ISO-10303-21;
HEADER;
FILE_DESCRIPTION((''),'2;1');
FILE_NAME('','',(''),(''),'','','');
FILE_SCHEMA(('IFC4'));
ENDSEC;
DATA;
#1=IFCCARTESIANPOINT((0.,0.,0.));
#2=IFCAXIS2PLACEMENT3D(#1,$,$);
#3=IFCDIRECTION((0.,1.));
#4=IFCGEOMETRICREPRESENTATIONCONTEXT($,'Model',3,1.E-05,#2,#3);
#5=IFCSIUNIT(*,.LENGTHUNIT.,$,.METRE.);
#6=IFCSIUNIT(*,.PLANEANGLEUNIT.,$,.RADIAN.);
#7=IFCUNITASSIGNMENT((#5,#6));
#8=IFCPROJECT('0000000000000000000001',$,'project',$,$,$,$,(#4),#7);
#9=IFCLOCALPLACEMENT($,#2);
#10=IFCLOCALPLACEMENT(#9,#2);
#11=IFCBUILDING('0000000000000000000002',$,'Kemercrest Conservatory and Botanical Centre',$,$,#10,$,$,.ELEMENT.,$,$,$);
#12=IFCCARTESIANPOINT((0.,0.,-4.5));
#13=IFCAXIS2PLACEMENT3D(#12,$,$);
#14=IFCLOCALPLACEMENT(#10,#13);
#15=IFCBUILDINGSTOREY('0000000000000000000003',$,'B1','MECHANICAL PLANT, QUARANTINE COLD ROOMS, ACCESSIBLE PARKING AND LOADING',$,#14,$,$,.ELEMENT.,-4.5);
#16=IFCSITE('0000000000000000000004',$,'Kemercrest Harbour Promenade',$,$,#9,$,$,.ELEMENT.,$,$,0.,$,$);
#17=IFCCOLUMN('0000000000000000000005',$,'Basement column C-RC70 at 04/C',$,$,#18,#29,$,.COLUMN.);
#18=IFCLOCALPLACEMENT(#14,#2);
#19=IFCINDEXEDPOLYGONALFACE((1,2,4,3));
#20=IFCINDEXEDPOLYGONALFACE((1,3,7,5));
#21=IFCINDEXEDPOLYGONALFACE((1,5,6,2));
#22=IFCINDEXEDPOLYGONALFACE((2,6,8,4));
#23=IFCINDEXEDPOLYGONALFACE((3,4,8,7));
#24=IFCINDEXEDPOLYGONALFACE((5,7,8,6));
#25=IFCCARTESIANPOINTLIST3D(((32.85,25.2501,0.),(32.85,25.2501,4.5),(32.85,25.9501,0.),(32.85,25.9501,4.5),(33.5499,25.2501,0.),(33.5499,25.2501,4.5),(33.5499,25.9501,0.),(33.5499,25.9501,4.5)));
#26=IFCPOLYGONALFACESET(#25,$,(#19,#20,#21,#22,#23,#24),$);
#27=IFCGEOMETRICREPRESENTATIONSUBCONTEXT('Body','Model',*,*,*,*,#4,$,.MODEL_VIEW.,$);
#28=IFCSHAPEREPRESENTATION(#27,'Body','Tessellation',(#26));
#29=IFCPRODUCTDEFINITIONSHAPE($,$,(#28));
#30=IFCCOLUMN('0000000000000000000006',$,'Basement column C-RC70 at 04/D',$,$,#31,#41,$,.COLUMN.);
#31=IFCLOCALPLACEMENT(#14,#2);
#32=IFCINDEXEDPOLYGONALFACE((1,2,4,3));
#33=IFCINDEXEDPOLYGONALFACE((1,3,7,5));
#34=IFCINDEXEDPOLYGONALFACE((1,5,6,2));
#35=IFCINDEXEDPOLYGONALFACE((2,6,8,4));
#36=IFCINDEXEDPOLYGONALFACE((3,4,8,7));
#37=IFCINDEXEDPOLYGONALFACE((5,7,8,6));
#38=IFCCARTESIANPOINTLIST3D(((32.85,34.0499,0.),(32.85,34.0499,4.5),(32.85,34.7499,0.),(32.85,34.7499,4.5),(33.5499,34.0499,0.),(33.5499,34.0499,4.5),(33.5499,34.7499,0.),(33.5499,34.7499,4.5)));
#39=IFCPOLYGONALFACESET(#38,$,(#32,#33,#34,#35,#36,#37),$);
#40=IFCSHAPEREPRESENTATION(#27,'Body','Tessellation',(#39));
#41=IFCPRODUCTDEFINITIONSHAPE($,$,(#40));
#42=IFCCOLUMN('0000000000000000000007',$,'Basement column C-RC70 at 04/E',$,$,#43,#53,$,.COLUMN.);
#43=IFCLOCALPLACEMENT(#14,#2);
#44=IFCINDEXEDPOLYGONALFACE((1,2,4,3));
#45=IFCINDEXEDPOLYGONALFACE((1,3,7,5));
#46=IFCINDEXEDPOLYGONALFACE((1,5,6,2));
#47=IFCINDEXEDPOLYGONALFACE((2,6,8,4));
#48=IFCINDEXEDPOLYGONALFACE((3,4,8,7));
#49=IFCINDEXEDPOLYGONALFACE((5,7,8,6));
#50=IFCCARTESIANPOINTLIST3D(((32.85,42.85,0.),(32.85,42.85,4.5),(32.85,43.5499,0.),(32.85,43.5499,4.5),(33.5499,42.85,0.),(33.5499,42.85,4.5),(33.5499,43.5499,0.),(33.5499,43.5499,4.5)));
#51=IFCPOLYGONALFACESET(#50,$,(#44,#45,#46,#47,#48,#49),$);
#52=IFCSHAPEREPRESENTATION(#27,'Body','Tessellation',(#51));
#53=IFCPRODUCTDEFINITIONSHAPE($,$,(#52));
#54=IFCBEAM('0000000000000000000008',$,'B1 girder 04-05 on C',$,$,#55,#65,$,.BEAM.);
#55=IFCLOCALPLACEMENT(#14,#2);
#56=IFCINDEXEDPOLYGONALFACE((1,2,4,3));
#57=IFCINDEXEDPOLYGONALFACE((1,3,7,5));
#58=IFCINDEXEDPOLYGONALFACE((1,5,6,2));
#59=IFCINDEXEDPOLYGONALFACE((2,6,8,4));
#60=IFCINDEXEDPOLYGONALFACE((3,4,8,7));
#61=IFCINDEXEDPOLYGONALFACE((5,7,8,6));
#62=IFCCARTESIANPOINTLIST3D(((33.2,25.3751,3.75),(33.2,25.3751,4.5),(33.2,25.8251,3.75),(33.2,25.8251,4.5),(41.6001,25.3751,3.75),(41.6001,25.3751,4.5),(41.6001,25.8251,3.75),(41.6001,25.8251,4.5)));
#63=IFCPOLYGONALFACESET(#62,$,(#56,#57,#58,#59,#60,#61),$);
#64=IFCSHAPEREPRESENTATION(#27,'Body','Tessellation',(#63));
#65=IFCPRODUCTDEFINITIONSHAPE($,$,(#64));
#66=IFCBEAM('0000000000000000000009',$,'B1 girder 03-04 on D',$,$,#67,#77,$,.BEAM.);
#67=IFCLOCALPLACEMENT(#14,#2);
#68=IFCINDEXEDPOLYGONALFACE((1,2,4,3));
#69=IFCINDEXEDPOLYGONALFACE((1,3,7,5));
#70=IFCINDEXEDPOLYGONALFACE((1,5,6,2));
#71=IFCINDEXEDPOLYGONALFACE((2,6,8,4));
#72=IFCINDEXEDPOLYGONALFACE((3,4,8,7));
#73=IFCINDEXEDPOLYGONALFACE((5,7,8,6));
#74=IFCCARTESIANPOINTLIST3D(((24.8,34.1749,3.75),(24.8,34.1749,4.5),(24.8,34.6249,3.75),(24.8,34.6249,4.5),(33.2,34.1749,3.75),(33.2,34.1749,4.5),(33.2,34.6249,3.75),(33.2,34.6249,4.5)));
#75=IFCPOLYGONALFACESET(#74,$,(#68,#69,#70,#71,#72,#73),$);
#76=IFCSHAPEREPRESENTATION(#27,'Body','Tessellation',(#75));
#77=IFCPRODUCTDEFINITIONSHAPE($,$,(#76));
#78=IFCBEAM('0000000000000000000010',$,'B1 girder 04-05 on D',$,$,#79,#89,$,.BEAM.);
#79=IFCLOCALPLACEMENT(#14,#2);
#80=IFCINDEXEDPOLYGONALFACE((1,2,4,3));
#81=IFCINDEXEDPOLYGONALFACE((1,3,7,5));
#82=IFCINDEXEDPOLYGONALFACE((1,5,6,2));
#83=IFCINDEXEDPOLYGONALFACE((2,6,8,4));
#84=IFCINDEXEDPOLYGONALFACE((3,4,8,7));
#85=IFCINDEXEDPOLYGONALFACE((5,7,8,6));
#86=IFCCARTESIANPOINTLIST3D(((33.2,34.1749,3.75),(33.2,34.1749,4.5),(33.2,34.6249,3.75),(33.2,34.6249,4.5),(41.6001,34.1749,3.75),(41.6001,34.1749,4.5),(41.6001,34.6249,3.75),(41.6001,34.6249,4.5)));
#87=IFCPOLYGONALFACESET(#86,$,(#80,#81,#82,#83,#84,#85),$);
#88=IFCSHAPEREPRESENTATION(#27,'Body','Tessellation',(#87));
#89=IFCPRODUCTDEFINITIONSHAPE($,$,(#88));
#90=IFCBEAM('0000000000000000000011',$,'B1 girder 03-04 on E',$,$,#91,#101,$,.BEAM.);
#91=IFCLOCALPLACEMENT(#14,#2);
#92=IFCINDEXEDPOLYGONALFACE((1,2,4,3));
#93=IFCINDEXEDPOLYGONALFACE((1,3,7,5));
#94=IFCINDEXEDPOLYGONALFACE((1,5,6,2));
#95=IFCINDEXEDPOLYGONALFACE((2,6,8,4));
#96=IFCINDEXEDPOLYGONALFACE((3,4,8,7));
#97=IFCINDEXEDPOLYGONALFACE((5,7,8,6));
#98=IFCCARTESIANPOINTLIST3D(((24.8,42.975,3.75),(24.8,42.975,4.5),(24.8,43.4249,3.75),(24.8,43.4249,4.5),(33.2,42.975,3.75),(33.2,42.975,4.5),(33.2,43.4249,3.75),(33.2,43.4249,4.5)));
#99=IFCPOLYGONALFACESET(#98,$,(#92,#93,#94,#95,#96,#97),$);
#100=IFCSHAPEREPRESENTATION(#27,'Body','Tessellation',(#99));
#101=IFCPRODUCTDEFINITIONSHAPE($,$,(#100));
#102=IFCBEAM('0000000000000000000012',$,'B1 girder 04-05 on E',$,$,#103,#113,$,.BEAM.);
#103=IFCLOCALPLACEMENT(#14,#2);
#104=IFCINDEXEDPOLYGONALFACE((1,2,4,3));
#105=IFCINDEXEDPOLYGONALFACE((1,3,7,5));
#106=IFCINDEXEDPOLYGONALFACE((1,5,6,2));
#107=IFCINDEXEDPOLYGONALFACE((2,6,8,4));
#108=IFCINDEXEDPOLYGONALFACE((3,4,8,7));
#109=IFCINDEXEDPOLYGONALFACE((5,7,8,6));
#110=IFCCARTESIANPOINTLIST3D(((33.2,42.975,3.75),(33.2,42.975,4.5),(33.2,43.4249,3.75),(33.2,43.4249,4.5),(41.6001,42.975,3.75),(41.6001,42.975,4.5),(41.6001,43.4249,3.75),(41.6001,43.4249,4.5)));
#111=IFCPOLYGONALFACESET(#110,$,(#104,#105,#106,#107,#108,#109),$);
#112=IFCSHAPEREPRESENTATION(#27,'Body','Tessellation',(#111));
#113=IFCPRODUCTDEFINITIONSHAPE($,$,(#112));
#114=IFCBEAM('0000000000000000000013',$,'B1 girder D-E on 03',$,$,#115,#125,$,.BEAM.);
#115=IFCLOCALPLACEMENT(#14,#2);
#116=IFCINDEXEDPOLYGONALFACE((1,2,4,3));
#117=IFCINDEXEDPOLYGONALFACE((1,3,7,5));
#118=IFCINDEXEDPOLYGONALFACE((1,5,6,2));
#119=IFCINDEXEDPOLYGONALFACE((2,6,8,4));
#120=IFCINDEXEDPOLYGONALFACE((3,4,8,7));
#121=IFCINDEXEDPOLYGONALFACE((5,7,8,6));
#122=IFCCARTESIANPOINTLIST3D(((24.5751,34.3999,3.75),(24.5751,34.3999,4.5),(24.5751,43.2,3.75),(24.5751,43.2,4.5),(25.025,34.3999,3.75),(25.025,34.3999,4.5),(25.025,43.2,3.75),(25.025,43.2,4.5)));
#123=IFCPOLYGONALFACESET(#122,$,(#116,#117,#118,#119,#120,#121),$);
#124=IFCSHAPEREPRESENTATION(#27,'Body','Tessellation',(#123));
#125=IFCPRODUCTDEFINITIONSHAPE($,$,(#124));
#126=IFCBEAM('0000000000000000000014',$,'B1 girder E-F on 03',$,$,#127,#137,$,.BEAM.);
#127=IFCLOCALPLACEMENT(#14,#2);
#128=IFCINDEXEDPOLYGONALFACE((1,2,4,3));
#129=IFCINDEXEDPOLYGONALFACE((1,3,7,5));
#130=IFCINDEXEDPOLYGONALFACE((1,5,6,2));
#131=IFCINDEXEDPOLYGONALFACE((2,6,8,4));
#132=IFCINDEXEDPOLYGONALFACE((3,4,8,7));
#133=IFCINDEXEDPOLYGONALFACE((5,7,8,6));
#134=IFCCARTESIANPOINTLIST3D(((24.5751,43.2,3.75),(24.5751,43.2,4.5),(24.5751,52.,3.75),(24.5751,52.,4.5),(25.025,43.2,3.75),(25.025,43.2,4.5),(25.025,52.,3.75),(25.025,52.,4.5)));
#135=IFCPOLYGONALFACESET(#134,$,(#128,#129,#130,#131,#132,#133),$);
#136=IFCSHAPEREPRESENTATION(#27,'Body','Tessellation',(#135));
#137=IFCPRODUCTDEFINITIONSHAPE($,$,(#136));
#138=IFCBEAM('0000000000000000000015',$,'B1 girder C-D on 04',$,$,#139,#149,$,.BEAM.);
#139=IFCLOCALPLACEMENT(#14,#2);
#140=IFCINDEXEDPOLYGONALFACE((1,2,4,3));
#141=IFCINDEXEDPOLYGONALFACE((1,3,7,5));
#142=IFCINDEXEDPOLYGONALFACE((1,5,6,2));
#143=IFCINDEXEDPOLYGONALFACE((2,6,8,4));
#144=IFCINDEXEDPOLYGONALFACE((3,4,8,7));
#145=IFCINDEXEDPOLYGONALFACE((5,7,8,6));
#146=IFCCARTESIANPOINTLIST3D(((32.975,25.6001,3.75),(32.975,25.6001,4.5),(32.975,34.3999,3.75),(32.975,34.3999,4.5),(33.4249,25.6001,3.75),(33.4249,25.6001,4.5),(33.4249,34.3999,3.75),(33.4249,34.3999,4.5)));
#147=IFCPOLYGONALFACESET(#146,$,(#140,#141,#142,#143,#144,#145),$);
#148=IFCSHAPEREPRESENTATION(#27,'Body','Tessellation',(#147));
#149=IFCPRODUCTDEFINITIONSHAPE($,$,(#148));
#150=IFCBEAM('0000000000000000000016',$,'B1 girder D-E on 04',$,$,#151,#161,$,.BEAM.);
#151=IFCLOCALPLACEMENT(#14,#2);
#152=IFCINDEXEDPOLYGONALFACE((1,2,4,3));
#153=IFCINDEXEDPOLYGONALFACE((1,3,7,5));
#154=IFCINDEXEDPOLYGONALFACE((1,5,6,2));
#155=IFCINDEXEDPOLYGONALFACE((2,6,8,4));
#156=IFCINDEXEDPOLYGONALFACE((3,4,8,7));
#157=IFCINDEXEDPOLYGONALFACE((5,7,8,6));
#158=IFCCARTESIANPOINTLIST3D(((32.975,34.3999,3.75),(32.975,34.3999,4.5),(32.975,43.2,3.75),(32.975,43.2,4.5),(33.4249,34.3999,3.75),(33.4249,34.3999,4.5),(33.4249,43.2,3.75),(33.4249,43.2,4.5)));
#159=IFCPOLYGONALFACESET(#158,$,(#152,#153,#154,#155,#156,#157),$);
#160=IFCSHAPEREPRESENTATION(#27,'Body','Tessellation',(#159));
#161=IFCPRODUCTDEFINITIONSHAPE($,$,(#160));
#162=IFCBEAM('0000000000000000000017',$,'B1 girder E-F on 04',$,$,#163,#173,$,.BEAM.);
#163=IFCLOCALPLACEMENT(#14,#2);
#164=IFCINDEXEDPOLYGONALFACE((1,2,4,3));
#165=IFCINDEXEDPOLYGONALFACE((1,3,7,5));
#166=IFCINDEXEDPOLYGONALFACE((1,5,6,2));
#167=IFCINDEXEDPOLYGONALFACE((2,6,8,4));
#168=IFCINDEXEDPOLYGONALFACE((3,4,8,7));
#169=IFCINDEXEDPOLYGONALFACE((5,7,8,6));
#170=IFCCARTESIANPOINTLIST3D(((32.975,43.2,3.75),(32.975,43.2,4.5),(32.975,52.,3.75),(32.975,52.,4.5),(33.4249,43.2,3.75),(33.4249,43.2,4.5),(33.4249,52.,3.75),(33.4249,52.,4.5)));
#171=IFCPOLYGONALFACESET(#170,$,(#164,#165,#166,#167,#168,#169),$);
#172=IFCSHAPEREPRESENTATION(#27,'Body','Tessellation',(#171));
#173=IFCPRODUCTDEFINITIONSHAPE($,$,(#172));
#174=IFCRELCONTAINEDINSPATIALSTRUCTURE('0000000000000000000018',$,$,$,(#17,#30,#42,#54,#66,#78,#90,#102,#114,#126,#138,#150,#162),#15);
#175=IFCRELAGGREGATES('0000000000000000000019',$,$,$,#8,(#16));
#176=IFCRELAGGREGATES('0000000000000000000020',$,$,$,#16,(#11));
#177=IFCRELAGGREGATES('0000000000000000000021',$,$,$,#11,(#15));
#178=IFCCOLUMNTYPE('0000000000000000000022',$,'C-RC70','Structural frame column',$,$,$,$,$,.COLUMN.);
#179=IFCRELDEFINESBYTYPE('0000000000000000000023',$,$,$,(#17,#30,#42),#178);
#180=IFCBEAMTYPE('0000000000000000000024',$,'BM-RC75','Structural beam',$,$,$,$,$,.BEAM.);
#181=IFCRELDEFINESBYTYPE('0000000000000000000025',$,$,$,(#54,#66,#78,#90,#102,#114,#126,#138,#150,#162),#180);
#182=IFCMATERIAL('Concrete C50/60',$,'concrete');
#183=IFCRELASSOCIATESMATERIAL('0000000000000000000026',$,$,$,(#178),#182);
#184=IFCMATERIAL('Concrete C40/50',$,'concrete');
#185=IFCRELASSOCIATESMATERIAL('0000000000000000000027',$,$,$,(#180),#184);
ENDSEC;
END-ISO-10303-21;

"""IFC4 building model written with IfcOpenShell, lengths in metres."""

from ifc_helpers import new_model, si_unit, direction, frame, origin, origin_2d, place, context, subcontext, project, spatial, rectangle, extrude, material, material_profile, profile_set, type_object, element, save


model = new_model("IFC4")

# Units and contexts
model_context = context("Model", 3, precision=1e-05, world=origin(), true_north=direction((0.0, 1.0)))
body_context = subcontext(model_context, "Body", "Model", "MODEL_VIEW")
ifc_project = project(units=[si_unit("LENGTHUNIT", "METRE"), si_unit("PLANEANGLEUNIT", "RADIAN")], contexts=[model_context])

# Site, building, storey
site_placement = place(None, origin())
site = spatial("IfcSite", under=ifc_project, at=site_placement, Name="Kemercrest Harbour Promenade", CompositionType="ELEMENT", RefElevation=0.0)
building_placement = place(site_placement, origin())
building = spatial("IfcBuilding", under=site, at=building_placement, Name="Kemercrest Conservatory and Botanical Centre", CompositionType="ELEMENT")
storey_placement = place(building_placement, frame((0.0, 0.0, -4.5)))
storey = spatial("IfcBuildingStorey", under=building, at=storey_placement, Name="B1", Description="MECHANICAL PLANT, QUARANTINE COLD ROOMS, ACCESSIBLE PARKING AND LOADING", CompositionType="ELEMENT", Elevation=-4.5)

# Shared definitions
ifc_material_1 = material(Name="Concrete C40/50", Category="concrete")

# Columns
ifc_material_2 = material(Name="Concrete C50/60", Category="concrete")
ifc_material_profile_1 = material_profile(ifc_material_2, rectangle(XDim=0.7, YDim=0.7, at=origin_2d()), Name="RC 700x700")
ifc_profile_set_1 = profile_set([ifc_material_profile_1], Name="Concrete C50/60")
column_type = type_object("IfcColumnType", Name="C-RC70", Description="Structural frame column", PredefinedType="COLUMN", material=ifc_profile_set_1)
for number, where, z_axis, x_axis, name in (
    (1, (33.2, 25.6001, 0.0), (0.0, 0.0, 1.0), (1.0, 0.0, 0.0), "Basement column C-RC70 at 04/C"),
    (2, (33.2, 34.3999, 0.0), (0.0, 0.0, 1.0), (1.0, 0.0, 0.0), "Basement column C-RC70 at 04/D"),
    (3, (33.2, 43.2, 0.0), (0.0, 0.0, 1.0), (1.0, 0.0, 0.0), "Basement column C-RC70 at 04/E"),
):
    element("IfcColumn", number, at=place(storey_placement, frame(where, z_axis=z_axis, x_axis=x_axis)), inside=storey, type_object=column_type, Name=name, PredefinedType="COLUMN", context=body_context, shape_type="SweptSolid", body=[
        extrude(rectangle(XDim=0.7, YDim=0.7, at=origin_2d()), origin(), (0.0, 0.0, 1.0), 4.5),
    ])

# Beams
ifc_material_profile_2 = material_profile(ifc_material_1, rectangle(XDim=0.45, YDim=0.75, at=origin_2d()), Name="RC 450x750")
ifc_profile_set_2 = profile_set([ifc_material_profile_2], Name="Concrete C40/50")
beam_type = type_object("IfcBeamType", Name="BM-RC75", Description="Structural beam", PredefinedType="BEAM", material=ifc_profile_set_2)
beam_1_placement = place(storey_placement, frame((33.2, 25.6001, 4.125), z_axis=(1.0, 0.0, 0.0), x_axis=(0.0, 1.0, 0.0)))
element("IfcBeam", 4, at=beam_1_placement, inside=storey, type_object=beam_type, Name="B1 girder 04-05 on C", PredefinedType="BEAM", context=body_context, shape_type="SweptSolid", body=[
    extrude(rectangle(XDim=0.45, YDim=0.75, at=origin_2d()), origin(), (0.0, 0.0, 1.0), 8.4001),
])
beam_2_placement = place(storey_placement, frame((24.8, 34.3999, 4.125), z_axis=(1.0, 0.0, 0.0), x_axis=(0.0, 1.0, 0.0)))
element("IfcBeam", 5, at=beam_2_placement, inside=storey, type_object=beam_type, Name="B1 girder 03-04 on D", PredefinedType="BEAM", context=body_context, shape_type="SweptSolid", body=[
    extrude(rectangle(XDim=0.45, YDim=0.75, at=origin_2d()), origin(), (0.0, 0.0, 1.0), 8.3999),
])
beam_3_placement = place(storey_placement, frame((33.2, 34.3999, 4.125), z_axis=(1.0, 0.0, 0.0), x_axis=(0.0, 1.0, 0.0)))
element("IfcBeam", 6, at=beam_3_placement, inside=storey, type_object=beam_type, Name="B1 girder 04-05 on D", PredefinedType="BEAM", context=body_context, shape_type="SweptSolid", body=[
    extrude(rectangle(XDim=0.45, YDim=0.75, at=origin_2d()), origin(), (0.0, 0.0, 1.0), 8.4001),
])
beam_4_placement = place(storey_placement, frame((24.8, 43.2, 4.125), z_axis=(1.0, 0.0, 0.0), x_axis=(0.0, 1.0, 0.0)))
element("IfcBeam", 7, at=beam_4_placement, inside=storey, type_object=beam_type, Name="B1 girder 03-04 on E", PredefinedType="BEAM", context=body_context, shape_type="SweptSolid", body=[
    extrude(rectangle(XDim=0.45, YDim=0.75, at=origin_2d()), origin(), (0.0, 0.0, 1.0), 8.3999),
])
beam_5_placement = place(storey_placement, frame((33.2, 43.2, 4.125), z_axis=(1.0, 0.0, 0.0), x_axis=(0.0, 1.0, 0.0)))
element("IfcBeam", 8, at=beam_5_placement, inside=storey, type_object=beam_type, Name="B1 girder 04-05 on E", PredefinedType="BEAM", context=body_context, shape_type="SweptSolid", body=[
    extrude(rectangle(XDim=0.45, YDim=0.75, at=origin_2d()), origin(), (0.0, 0.0, 1.0), 8.4001),
])
for number, where, z_axis, x_axis, name in (
    (9, (24.8, 34.3999, 4.125), (0.0, 1.0, 0.0), (-1.0, 0.0, 0.0), "B1 girder D-E on 03"),
    (10, (24.8, 43.2, 4.125), (0.0, 1.0, 0.0), (-1.0, 0.0, 0.0), "B1 girder E-F on 03"),
):
    element("IfcBeam", number, at=place(storey_placement, frame(where, z_axis=z_axis, x_axis=x_axis)), inside=storey, type_object=beam_type, Name=name, PredefinedType="BEAM", context=body_context, shape_type="SweptSolid", body=[
        extrude(rectangle(XDim=0.45, YDim=0.75, at=origin_2d()), origin(), (0.0, 0.0, 1.0), 8.8),
    ])
beam_6_placement = place(storey_placement, frame((33.2, 25.6001, 4.125), z_axis=(0.0, 1.0, 0.0), x_axis=(-1.0, 0.0, 0.0)))
element("IfcBeam", 11, at=beam_6_placement, inside=storey, type_object=beam_type, Name="B1 girder C-D on 04", PredefinedType="BEAM", context=body_context, shape_type="SweptSolid", body=[
    extrude(rectangle(XDim=0.45, YDim=0.75, at=origin_2d()), origin(), (0.0, 0.0, 1.0), 8.7998),
])
for number, where, z_axis, x_axis, name in (
    (12, (33.2, 34.3999, 4.125), (0.0, 1.0, 0.0), (-1.0, 0.0, 0.0), "B1 girder D-E on 04"),
    (13, (33.2, 43.2, 4.125), (0.0, 1.0, 0.0), (-1.0, 0.0, 0.0), "B1 girder E-F on 04"),
):
    element("IfcBeam", number, at=place(storey_placement, frame(where, z_axis=z_axis, x_axis=x_axis)), inside=storey, type_object=beam_type, Name=name, PredefinedType="BEAM", context=body_context, shape_type="SweptSolid", body=[
        extrude(rectangle(XDim=0.45, YDim=0.75, at=origin_2d()), origin(), (0.0, 0.0, 1.0), 8.8),
    ])

save(model, "model.ifc")
